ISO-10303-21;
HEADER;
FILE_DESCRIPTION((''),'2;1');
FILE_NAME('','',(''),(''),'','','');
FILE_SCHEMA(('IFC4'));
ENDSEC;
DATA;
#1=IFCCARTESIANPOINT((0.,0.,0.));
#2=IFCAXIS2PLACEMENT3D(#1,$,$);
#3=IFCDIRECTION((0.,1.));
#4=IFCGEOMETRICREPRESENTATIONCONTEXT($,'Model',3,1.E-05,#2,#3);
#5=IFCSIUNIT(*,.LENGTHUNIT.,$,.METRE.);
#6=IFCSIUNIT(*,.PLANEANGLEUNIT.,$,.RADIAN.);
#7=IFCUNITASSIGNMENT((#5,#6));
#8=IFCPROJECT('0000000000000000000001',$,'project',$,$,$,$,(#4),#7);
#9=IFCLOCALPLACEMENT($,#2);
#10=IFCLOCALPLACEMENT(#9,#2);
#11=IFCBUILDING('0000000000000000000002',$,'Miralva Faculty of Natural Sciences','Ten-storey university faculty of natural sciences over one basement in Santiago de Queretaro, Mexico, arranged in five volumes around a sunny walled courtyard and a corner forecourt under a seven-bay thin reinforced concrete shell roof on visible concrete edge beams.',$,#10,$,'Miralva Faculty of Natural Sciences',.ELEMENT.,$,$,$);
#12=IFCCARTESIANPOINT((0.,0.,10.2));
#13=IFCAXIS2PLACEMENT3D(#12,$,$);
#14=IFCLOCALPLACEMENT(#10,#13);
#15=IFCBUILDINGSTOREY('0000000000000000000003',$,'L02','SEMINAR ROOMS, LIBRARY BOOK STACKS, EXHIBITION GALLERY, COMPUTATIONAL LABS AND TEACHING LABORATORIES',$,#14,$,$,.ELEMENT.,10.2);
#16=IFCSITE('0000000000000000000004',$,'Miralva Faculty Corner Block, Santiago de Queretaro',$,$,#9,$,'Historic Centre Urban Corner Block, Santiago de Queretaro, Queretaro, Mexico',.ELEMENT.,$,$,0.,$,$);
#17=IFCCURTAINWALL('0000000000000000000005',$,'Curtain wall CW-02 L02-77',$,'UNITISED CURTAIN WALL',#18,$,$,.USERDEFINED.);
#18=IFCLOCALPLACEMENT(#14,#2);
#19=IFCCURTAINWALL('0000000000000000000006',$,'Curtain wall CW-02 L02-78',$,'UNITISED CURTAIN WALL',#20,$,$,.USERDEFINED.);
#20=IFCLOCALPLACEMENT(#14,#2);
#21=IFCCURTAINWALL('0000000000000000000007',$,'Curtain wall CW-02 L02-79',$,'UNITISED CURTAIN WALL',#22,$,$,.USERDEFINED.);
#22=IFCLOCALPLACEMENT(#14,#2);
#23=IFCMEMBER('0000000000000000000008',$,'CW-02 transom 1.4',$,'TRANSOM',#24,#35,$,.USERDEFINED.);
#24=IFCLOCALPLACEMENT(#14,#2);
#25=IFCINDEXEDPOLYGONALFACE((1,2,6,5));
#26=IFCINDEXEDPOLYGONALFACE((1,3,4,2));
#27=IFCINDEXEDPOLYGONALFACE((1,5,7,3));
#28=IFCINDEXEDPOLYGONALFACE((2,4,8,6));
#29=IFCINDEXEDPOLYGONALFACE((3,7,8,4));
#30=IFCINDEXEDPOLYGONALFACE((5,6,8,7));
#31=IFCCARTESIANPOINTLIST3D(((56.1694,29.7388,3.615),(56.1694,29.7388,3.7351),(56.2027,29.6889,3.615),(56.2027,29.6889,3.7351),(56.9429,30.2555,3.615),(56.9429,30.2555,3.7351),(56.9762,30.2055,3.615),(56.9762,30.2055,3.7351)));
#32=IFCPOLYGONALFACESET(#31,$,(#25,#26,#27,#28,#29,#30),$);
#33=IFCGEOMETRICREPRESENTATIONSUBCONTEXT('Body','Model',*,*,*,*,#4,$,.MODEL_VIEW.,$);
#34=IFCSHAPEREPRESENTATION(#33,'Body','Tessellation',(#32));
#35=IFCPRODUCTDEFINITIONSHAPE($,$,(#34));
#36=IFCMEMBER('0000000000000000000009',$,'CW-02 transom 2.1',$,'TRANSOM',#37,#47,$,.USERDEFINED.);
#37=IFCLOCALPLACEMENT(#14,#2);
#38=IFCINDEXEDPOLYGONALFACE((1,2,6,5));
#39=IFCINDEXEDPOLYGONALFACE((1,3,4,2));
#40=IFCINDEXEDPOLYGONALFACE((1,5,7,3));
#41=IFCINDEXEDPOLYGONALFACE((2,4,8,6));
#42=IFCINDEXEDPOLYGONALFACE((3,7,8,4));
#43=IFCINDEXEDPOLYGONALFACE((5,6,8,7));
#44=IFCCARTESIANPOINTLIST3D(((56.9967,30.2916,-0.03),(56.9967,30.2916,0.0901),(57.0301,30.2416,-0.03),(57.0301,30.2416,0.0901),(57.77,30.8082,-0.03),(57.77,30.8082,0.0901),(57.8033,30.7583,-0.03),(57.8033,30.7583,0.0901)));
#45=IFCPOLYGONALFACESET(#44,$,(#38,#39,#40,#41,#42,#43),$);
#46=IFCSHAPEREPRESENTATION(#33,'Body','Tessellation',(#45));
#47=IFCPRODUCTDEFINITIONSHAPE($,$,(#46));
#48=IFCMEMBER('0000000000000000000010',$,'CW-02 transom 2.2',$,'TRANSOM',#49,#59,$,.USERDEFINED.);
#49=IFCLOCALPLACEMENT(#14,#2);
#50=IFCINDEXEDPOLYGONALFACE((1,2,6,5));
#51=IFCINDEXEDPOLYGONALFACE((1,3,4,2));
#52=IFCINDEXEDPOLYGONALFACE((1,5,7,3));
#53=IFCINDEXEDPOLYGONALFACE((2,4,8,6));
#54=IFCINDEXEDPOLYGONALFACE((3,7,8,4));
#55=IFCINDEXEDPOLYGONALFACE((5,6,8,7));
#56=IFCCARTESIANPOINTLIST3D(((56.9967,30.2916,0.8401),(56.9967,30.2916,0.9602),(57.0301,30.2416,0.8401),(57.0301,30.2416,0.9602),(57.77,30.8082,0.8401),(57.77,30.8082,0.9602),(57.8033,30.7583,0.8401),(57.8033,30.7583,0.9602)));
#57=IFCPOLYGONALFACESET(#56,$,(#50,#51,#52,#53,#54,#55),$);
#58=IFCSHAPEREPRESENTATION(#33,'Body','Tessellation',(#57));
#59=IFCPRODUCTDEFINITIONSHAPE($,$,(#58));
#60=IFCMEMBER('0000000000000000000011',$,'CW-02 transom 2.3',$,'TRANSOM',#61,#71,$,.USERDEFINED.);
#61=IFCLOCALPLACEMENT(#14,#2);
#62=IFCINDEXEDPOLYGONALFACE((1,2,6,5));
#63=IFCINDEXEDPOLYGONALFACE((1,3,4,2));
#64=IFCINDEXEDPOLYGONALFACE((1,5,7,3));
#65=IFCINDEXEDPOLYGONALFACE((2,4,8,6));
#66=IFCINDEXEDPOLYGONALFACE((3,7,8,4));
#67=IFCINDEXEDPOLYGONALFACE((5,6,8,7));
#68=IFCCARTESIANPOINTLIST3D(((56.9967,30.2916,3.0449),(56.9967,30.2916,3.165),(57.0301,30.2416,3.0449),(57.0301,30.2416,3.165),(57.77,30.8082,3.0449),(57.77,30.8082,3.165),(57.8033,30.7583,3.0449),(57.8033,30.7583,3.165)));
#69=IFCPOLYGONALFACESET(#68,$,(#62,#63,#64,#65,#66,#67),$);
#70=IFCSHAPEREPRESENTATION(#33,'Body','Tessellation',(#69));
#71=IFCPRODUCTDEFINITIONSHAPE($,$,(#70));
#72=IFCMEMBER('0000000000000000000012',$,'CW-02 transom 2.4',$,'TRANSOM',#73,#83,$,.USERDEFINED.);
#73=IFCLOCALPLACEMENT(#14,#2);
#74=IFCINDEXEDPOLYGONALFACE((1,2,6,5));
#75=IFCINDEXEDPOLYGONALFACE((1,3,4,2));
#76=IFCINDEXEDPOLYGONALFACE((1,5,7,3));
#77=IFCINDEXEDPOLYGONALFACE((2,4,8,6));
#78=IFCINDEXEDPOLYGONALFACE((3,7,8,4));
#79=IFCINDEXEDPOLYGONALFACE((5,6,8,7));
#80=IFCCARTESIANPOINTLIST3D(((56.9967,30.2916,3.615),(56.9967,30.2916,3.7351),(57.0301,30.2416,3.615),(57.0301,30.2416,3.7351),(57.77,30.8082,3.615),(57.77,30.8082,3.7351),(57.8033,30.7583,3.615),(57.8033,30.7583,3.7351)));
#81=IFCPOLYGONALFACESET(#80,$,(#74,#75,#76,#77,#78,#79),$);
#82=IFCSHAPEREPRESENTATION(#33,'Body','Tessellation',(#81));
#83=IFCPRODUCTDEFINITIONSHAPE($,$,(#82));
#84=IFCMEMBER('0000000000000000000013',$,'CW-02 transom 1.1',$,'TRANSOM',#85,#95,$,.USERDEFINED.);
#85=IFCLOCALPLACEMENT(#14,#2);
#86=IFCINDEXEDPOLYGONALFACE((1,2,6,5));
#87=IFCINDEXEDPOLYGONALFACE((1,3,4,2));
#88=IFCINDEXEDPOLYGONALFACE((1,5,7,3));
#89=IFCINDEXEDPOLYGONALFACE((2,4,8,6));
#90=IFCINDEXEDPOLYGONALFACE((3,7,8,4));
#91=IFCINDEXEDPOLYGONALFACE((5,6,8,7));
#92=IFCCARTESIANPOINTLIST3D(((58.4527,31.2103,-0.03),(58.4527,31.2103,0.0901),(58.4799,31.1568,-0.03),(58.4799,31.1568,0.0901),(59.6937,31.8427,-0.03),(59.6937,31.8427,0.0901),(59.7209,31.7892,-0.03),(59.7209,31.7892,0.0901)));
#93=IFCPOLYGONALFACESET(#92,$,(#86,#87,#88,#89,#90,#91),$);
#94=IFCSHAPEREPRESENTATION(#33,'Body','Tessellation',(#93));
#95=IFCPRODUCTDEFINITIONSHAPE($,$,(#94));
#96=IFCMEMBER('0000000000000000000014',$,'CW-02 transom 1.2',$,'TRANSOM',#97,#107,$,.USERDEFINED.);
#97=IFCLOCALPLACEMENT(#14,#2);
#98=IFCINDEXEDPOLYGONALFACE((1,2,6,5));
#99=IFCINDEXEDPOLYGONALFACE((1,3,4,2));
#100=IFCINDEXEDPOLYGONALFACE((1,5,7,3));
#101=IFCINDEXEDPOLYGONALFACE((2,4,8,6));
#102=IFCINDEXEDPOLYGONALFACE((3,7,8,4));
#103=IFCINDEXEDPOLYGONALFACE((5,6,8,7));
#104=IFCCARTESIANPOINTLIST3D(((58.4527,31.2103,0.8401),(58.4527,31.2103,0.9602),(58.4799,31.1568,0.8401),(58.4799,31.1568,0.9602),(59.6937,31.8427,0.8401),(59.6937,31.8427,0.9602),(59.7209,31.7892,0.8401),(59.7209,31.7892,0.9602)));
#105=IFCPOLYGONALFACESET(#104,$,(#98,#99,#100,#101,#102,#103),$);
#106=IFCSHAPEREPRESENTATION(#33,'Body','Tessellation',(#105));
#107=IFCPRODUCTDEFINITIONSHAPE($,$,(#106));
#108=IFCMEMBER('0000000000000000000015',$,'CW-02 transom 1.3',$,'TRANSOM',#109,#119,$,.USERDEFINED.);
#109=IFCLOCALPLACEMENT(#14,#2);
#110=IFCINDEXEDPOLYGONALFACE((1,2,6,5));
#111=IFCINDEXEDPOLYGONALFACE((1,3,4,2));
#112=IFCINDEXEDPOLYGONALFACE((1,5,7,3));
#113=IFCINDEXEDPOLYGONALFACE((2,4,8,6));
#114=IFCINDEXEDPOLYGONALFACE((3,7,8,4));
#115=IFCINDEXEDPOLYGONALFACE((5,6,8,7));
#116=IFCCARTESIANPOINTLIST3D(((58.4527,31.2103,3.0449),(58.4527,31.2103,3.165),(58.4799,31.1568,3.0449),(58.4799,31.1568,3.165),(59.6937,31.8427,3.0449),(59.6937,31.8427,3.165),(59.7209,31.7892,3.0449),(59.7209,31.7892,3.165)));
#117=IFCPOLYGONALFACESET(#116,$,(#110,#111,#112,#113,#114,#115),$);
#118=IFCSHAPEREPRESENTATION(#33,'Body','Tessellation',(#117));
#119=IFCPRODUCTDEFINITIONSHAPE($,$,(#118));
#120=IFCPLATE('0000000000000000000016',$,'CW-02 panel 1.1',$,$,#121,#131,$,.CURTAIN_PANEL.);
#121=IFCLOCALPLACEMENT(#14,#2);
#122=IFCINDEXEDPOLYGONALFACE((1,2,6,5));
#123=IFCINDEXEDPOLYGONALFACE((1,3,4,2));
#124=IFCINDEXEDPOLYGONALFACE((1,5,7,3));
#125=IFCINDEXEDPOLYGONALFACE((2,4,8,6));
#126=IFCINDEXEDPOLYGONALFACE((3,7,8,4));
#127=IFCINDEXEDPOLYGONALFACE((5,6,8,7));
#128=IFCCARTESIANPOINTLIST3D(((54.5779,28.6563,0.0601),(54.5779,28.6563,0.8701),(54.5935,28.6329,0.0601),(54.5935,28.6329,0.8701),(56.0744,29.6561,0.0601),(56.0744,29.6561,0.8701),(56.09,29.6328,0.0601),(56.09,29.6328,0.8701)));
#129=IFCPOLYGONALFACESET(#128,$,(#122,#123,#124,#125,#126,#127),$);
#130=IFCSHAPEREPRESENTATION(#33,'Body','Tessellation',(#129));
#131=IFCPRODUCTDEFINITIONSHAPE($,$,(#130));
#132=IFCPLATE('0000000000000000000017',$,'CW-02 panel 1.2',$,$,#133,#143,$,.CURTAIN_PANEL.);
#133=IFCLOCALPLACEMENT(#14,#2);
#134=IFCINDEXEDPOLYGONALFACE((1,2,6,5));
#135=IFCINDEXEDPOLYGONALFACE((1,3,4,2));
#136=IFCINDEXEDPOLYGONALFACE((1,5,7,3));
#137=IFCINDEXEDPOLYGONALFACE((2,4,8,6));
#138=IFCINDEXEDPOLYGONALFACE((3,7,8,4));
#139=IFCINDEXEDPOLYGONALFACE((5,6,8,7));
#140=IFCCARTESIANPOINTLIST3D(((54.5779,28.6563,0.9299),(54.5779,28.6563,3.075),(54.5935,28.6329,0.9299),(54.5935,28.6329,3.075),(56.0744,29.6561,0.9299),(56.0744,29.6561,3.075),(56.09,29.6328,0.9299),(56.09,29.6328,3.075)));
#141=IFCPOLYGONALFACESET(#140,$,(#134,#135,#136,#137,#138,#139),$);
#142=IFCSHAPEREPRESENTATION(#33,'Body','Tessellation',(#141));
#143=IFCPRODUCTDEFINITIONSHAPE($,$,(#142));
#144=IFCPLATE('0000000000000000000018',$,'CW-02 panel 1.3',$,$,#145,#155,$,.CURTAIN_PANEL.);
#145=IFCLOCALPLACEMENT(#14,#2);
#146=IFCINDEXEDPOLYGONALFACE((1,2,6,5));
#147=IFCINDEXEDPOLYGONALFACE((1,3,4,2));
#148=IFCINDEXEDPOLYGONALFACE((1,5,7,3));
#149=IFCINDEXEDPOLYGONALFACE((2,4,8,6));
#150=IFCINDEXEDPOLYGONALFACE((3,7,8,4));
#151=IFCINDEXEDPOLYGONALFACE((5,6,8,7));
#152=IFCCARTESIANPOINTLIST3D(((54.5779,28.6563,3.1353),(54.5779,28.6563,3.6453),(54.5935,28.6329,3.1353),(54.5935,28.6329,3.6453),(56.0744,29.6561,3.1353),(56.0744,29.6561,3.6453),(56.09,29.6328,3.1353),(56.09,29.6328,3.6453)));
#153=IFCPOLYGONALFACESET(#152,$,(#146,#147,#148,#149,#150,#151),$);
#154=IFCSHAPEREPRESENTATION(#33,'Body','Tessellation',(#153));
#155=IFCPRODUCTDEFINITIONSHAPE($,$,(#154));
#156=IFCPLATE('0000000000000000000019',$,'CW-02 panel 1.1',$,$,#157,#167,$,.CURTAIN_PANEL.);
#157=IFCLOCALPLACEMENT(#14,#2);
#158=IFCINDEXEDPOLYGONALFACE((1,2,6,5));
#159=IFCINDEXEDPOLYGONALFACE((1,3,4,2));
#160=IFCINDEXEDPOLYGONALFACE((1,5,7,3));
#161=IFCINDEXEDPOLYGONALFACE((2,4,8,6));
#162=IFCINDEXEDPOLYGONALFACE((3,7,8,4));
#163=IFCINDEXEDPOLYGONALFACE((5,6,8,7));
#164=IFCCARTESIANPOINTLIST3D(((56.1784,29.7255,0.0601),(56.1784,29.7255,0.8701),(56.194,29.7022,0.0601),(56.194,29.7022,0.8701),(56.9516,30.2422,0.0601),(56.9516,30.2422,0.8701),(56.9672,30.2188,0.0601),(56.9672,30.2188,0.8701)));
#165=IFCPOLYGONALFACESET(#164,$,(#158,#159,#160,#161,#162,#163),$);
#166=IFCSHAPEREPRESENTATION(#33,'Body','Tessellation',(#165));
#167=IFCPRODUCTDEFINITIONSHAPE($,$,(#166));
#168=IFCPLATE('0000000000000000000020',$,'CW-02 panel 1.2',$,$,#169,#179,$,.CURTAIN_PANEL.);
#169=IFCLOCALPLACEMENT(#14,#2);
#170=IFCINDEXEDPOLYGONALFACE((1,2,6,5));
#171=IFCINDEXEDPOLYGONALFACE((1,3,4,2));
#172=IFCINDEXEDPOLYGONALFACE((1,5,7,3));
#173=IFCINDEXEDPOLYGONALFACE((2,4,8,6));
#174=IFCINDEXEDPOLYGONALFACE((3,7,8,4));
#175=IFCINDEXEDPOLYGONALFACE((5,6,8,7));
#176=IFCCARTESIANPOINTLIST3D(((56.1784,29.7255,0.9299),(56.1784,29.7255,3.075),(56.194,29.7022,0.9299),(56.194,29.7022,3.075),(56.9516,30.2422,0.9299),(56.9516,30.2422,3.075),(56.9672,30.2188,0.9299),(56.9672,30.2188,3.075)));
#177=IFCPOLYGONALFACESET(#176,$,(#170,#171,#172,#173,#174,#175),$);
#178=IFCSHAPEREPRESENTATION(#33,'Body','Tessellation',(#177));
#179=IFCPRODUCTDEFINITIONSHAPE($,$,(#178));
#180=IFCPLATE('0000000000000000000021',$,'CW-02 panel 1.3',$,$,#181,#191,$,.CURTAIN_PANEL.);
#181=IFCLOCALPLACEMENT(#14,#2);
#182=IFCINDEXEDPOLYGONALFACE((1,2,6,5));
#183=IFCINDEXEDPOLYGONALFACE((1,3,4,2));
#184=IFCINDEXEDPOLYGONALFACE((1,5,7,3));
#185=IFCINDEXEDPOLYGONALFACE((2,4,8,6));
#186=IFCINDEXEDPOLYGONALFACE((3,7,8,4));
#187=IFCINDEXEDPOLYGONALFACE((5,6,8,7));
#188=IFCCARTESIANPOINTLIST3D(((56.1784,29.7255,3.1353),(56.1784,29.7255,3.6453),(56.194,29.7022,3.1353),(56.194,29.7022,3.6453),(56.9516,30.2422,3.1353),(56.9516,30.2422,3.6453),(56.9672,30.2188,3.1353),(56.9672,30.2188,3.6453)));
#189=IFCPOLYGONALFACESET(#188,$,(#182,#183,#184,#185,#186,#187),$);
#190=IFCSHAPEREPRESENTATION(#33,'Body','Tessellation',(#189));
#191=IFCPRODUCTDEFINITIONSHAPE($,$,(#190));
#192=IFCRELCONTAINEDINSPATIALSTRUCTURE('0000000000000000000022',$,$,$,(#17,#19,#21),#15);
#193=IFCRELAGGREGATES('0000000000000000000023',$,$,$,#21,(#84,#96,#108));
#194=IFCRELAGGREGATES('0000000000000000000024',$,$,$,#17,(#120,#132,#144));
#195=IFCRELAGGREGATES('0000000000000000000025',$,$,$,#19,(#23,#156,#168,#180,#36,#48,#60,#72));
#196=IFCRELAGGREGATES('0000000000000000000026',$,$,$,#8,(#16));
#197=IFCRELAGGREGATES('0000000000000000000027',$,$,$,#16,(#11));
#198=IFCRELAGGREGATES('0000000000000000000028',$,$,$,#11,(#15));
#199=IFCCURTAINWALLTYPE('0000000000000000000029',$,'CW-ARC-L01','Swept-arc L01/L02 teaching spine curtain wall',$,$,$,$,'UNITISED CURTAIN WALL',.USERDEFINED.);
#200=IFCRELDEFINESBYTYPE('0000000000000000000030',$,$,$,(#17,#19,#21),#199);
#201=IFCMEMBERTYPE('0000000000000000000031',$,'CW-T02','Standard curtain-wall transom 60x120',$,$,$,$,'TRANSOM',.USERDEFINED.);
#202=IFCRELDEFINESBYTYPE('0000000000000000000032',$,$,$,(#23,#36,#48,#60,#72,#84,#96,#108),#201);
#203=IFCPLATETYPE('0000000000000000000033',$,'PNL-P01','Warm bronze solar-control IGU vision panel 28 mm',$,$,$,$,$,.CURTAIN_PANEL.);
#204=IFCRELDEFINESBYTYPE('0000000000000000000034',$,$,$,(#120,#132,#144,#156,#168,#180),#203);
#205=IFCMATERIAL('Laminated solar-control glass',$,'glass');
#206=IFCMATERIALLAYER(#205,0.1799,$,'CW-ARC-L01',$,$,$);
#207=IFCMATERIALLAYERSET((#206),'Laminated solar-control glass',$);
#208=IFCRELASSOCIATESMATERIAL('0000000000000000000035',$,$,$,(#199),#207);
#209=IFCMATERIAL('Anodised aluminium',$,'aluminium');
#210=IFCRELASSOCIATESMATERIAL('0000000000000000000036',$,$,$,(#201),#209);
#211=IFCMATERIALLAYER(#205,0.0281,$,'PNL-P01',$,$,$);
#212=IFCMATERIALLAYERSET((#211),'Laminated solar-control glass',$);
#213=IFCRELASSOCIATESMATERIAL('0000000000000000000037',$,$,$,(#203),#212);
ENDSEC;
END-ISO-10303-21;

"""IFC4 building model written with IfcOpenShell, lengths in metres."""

from ifc_helpers import new_model, si_unit, direction, frame, origin, origin_2d, place, context, subcontext, project, spatial, rectangle, extrude, material, layer, layer_set, material_profile, profile_set, type_object, element, aggregate, save


model = new_model("IFC4")

# Units and contexts
model_context = context("Model", 3, precision=1e-05, world=origin(), true_north=direction((0.0, 1.0)))
body_context = subcontext(model_context, "Body", "Model", "MODEL_VIEW")
ifc_project = project(units=[si_unit("LENGTHUNIT", "METRE"), si_unit("PLANEANGLEUNIT", "RADIAN")], contexts=[model_context])

# Site, building, storey
site_placement = place(None, origin())
site = spatial("IfcSite", under=ifc_project, at=site_placement, Name="Miralva Faculty Corner Block, Santiago de Queretaro", LongName="Historic Centre Urban Corner Block, Santiago de Queretaro, Queretaro, Mexico", CompositionType="ELEMENT", RefElevation=0.0)
building_placement = place(site_placement, origin())
building = spatial("IfcBuilding", under=site, at=building_placement, Name="Miralva Faculty of Natural Sciences", Description="Ten-storey university faculty of natural sciences over one basement in Santiago de Queretaro, Mexico, arranged in five volumes around a sunny walled courtyard and a corner forecourt under a seven-bay thin reinforced concrete shell roof on visible concrete edge beams.", LongName="Miralva Faculty of Natural Sciences", CompositionType="ELEMENT")
storey_placement = place(building_placement, frame((0.0, 0.0, 10.2)))
storey = spatial("IfcBuildingStorey", under=building, at=storey_placement, Name="L02", Description="SEMINAR ROOMS, LIBRARY BOOK STACKS, EXHIBITION GALLERY, COMPUTATIONAL LABS AND TEACHING LABORATORIES", CompositionType="ELEMENT", Elevation=10.2)

# Curtain wall
ifc_material_1 = material(Name="Laminated solar-control glass", Category="glass")
ifc_layer_1 = layer(ifc_material_1, 0.1799, Name="CW-ARC-L01")
ifc_layer_set_1 = layer_set([ifc_layer_1], Name="Laminated solar-control glass")
curtain_wall_type = type_object("IfcCurtainWallType", Name="CW-ARC-L01", Description="Swept-arc L01/L02 teaching spine curtain wall", ElementType="UNITISED CURTAIN WALL", PredefinedType="USERDEFINED", material=ifc_layer_set_1)
curtain_wall_1_placement = place(storey_placement, origin())
curtain_wall_1 = element("IfcCurtainWall", 1, at=curtain_wall_1_placement, inside=storey, type_object=curtain_wall_type, Name="Curtain wall CW-02 L02-77", ObjectType="UNITISED CURTAIN WALL", PredefinedType="USERDEFINED")
ifc_material_2 = material(Name="Anodised aluminium", Category="aluminium")

# Curtain wall
curtain_wall_2_placement = place(storey_placement, origin())
curtain_wall_2 = element("IfcCurtainWall", 2, at=curtain_wall_2_placement, inside=storey, type_object=curtain_wall_type, Name="Curtain wall CW-02 L02-78", ObjectType="UNITISED CURTAIN WALL", PredefinedType="USERDEFINED")

# Curtain wall
curtain_wall_3_placement = place(storey_placement, origin())
curtain_wall_3 = element("IfcCurtainWall", 3, at=curtain_wall_3_placement, inside=storey, type_object=curtain_wall_type, Name="Curtain wall CW-02 L02-79", ObjectType="UNITISED CURTAIN WALL", PredefinedType="USERDEFINED")

# Members
ifc_material_profile_1 = material_profile(ifc_material_2, rectangle(XDim=0.0601, YDim=0.1201, at=origin_2d()), Name="TRANSOM 60x120")
ifc_profile_set_1 = profile_set([ifc_material_profile_1], Name="Anodised aluminium")
member_type_1 = type_object("IfcMemberType", Name="CW-T02", Description="Standard curtain-wall transom 60x120", ElementType="TRANSOM", PredefinedType="USERDEFINED", material=ifc_profile_set_1)
member_1_placement = place(storey_placement, frame((56.186, 29.7139, 3.675), z_axis=(0.831565, 0.555427, 0.0), x_axis=(-0.555427, 0.831565, 0.0)))
member_1 = element("IfcMember", 4, at=member_1_placement, type_object=member_type_1, Name="CW-02 transom 1.4", ObjectType="TRANSOM", PredefinedType="USERDEFINED", context=body_context, shape_type="SweptSolid", body=[
    extrude(rectangle(XDim=0.0601, YDim=0.1201, at=origin_2d()), origin(), (0.0, 0.0, 1.0), 0.9302),
])
member_2_placement = place(storey_placement, frame((57.0134, 30.2666, 0.03), z_axis=(0.831484, 0.555548, 0.0), x_axis=(-0.555548, 0.831484, 0.0)))
member_2 = element("IfcMember", 5, at=member_2_placement, type_object=member_type_1, Name="CW-02 transom 2.1", ObjectType="TRANSOM", PredefinedType="USERDEFINED", context=body_context, shape_type="SweptSolid", body=[
    extrude(rectangle(XDim=0.0601, YDim=0.1201, at=origin_2d()), origin(), (0.0, 0.0, 1.0), 0.9299),
])
member_3_placement = place(storey_placement, frame((57.0134, 30.2666, 0.9001), z_axis=(0.831484, 0.555548, 0.0), x_axis=(-0.555548, 0.831484, 0.0)))
member_3 = element("IfcMember", 6, at=member_3_placement, type_object=member_type_1, Name="CW-02 transom 2.2", ObjectType="TRANSOM", PredefinedType="USERDEFINED", context=body_context, shape_type="SweptSolid", body=[
    extrude(rectangle(XDim=0.0601, YDim=0.1201, at=origin_2d()), origin(), (0.0, 0.0, 1.0), 0.9299),
])
member_4_placement = place(storey_placement, frame((57.0134, 30.2666, 3.105), z_axis=(0.831484, 0.555548, 0.0), x_axis=(-0.555548, 0.831484, 0.0)))
member_4 = element("IfcMember", 7, at=member_4_placement, type_object=member_type_1, Name="CW-02 transom 2.3", ObjectType="TRANSOM", PredefinedType="USERDEFINED", context=body_context, shape_type="SweptSolid", body=[
    extrude(rectangle(XDim=0.0601, YDim=0.1201, at=origin_2d()), origin(), (0.0, 0.0, 1.0), 0.9299),
])
member_5_placement = place(storey_placement, frame((57.0134, 30.2666, 3.675), z_axis=(0.831484, 0.555548, 0.0), x_axis=(-0.555548, 0.831484, 0.0)))
member_5 = element("IfcMember", 8, at=member_5_placement, type_object=member_type_1, Name="CW-02 transom 2.4", ObjectType="TRANSOM", PredefinedType="USERDEFINED", context=body_context, shape_type="SweptSolid", body=[
    extrude(rectangle(XDim=0.0601, YDim=0.1201, at=origin_2d()), origin(), (0.0, 0.0, 1.0), 0.9299),
])
member_6_placement = place(storey_placement, frame((58.4663, 31.1836, 0.03), z_axis=(0.891001, 0.454002, 0.0), x_axis=(-0.454002, 0.891001, 0.0)))
member_6 = element("IfcMember", 9, at=member_6_placement, type_object=member_type_1, Name="CW-02 transom 1.1", ObjectType="TRANSOM", PredefinedType="USERDEFINED", context=body_context, shape_type="SweptSolid", body=[
    extrude(rectangle(XDim=0.0601, YDim=0.1201, at=origin_2d()), origin(), (0.0, 0.0, 1.0), 1.3928),
])
member_7_placement = place(storey_placement, frame((58.4663, 31.1836, 0.9001), z_axis=(0.891001, 0.454002, 0.0), x_axis=(-0.454002, 0.891001, 0.0)))
member_7 = element("IfcMember", 10, at=member_7_placement, type_object=member_type_1, Name="CW-02 transom 1.2", ObjectType="TRANSOM", PredefinedType="USERDEFINED", context=body_context, shape_type="SweptSolid", body=[
    extrude(rectangle(XDim=0.0601, YDim=0.1201, at=origin_2d()), origin(), (0.0, 0.0, 1.0), 1.3928),
])
member_8_placement = place(storey_placement, frame((58.4663, 31.1836, 3.105), z_axis=(0.891001, 0.454002, 0.0), x_axis=(-0.454002, 0.891001, 0.0)))
member_8 = element("IfcMember", 11, at=member_8_placement, type_object=member_type_1, Name="CW-02 transom 1.3", ObjectType="TRANSOM", PredefinedType="USERDEFINED", context=body_context, shape_type="SweptSolid", body=[
    extrude(rectangle(XDim=0.0601, YDim=0.1201, at=origin_2d()), origin(), (0.0, 0.0, 1.0), 1.3928),
])
aggregate(curtain_wall_3, [member_6, member_7, member_8])

# Plates
ifc_layer_2 = layer(ifc_material_1, 0.0281, Name="PNL-P01")
ifc_layer_set_2 = layer_set([ifc_layer_2], Name="Laminated solar-control glass")
plate_type = type_object("IfcPlateType", Name="PNL-P01", Description="Warm bronze solar-control IGU vision panel 28 mm", PredefinedType="CURTAIN_PANEL", material=ifc_layer_set_2)
plate_1_placement = place(storey_placement, frame((55.334, 29.1445, 0.0601), z_axis=(0.0, 0.0, 1.0), x_axis=(0.831484, 0.555549, 0.0)))
plate_1 = element("IfcPlate", 12, at=plate_1_placement, type_object=plate_type, Name="CW-02 panel 1.1", PredefinedType="CURTAIN_PANEL", context=body_context, shape_type="SweptSolid", body=[
    extrude(rectangle(XDim=1.7998, YDim=0.0281, at=origin_2d()), origin(), (0.0, 0.0, 1.0), 0.8101),
])
plate_2_placement = place(storey_placement, frame((55.334, 29.1445, 0.9299), z_axis=(0.0, 0.0, 1.0), x_axis=(0.831484, 0.555549, 0.0)))
plate_2 = element("IfcPlate", 13, at=plate_2_placement, type_object=plate_type, Name="CW-02 panel 1.2", PredefinedType="CURTAIN_PANEL", context=body_context, shape_type="SweptSolid", body=[
    extrude(rectangle(XDim=1.7998, YDim=0.0281, at=origin_2d()), origin(), (0.0, 0.0, 1.0), 2.145),
])
plate_3_placement = place(storey_placement, frame((55.334, 29.1445, 3.1353), z_axis=(0.0, 0.0, 1.0), x_axis=(0.831484, 0.555549, 0.0)))
plate_3 = element("IfcPlate", 14, at=plate_3_placement, type_object=plate_type, Name="CW-02 panel 1.3", PredefinedType="CURTAIN_PANEL", context=body_context, shape_type="SweptSolid", body=[
    extrude(rectangle(XDim=1.7998, YDim=0.0281, at=origin_2d()), origin(), (0.0, 0.0, 1.0), 0.51),
])
aggregate(curtain_wall_1, [plate_1, plate_2, plate_3])
plate_4_placement = place(storey_placement, frame((56.5728, 29.9722, 0.0601), z_axis=(0.0, 0.0, 1.0), x_axis=(0.831458, 0.555587, 0.0)))
plate_4 = element("IfcPlate", 15, at=plate_4_placement, type_object=plate_type, Name="CW-02 panel 1.1", PredefinedType="CURTAIN_PANEL", context=body_context, shape_type="SweptSolid", body=[
    extrude(rectangle(XDim=0.9299, YDim=0.0281, at=origin_2d()), origin(), (0.0, 0.0, 1.0), 0.8101),
])
plate_5_placement = place(storey_placement, frame((56.5728, 29.9722, 0.9299), z_axis=(0.0, 0.0, 1.0), x_axis=(0.831458, 0.555587, 0.0)))
plate_5 = element("IfcPlate", 16, at=plate_5_placement, type_object=plate_type, Name="CW-02 panel 1.2", PredefinedType="CURTAIN_PANEL", context=body_context, shape_type="SweptSolid", body=[
    extrude(rectangle(XDim=0.9299, YDim=0.0281, at=origin_2d()), origin(), (0.0, 0.0, 1.0), 2.145),
])
plate_6_placement = place(storey_placement, frame((56.5728, 29.9722, 3.1353), z_axis=(0.0, 0.0, 1.0), x_axis=(0.831458, 0.555587, 0.0)))
plate_6 = element("IfcPlate", 17, at=plate_6_placement, type_object=plate_type, Name="CW-02 panel 1.3", PredefinedType="CURTAIN_PANEL", context=body_context, shape_type="SweptSolid", body=[
    extrude(rectangle(XDim=0.9299, YDim=0.0281, at=origin_2d()), origin(), (0.0, 0.0, 1.0), 0.51),
])
aggregate(curtain_wall_2, [member_1, plate_4, plate_5, plate_6, member_2, member_3, member_4, member_5])

save(model, "model.ifc")
